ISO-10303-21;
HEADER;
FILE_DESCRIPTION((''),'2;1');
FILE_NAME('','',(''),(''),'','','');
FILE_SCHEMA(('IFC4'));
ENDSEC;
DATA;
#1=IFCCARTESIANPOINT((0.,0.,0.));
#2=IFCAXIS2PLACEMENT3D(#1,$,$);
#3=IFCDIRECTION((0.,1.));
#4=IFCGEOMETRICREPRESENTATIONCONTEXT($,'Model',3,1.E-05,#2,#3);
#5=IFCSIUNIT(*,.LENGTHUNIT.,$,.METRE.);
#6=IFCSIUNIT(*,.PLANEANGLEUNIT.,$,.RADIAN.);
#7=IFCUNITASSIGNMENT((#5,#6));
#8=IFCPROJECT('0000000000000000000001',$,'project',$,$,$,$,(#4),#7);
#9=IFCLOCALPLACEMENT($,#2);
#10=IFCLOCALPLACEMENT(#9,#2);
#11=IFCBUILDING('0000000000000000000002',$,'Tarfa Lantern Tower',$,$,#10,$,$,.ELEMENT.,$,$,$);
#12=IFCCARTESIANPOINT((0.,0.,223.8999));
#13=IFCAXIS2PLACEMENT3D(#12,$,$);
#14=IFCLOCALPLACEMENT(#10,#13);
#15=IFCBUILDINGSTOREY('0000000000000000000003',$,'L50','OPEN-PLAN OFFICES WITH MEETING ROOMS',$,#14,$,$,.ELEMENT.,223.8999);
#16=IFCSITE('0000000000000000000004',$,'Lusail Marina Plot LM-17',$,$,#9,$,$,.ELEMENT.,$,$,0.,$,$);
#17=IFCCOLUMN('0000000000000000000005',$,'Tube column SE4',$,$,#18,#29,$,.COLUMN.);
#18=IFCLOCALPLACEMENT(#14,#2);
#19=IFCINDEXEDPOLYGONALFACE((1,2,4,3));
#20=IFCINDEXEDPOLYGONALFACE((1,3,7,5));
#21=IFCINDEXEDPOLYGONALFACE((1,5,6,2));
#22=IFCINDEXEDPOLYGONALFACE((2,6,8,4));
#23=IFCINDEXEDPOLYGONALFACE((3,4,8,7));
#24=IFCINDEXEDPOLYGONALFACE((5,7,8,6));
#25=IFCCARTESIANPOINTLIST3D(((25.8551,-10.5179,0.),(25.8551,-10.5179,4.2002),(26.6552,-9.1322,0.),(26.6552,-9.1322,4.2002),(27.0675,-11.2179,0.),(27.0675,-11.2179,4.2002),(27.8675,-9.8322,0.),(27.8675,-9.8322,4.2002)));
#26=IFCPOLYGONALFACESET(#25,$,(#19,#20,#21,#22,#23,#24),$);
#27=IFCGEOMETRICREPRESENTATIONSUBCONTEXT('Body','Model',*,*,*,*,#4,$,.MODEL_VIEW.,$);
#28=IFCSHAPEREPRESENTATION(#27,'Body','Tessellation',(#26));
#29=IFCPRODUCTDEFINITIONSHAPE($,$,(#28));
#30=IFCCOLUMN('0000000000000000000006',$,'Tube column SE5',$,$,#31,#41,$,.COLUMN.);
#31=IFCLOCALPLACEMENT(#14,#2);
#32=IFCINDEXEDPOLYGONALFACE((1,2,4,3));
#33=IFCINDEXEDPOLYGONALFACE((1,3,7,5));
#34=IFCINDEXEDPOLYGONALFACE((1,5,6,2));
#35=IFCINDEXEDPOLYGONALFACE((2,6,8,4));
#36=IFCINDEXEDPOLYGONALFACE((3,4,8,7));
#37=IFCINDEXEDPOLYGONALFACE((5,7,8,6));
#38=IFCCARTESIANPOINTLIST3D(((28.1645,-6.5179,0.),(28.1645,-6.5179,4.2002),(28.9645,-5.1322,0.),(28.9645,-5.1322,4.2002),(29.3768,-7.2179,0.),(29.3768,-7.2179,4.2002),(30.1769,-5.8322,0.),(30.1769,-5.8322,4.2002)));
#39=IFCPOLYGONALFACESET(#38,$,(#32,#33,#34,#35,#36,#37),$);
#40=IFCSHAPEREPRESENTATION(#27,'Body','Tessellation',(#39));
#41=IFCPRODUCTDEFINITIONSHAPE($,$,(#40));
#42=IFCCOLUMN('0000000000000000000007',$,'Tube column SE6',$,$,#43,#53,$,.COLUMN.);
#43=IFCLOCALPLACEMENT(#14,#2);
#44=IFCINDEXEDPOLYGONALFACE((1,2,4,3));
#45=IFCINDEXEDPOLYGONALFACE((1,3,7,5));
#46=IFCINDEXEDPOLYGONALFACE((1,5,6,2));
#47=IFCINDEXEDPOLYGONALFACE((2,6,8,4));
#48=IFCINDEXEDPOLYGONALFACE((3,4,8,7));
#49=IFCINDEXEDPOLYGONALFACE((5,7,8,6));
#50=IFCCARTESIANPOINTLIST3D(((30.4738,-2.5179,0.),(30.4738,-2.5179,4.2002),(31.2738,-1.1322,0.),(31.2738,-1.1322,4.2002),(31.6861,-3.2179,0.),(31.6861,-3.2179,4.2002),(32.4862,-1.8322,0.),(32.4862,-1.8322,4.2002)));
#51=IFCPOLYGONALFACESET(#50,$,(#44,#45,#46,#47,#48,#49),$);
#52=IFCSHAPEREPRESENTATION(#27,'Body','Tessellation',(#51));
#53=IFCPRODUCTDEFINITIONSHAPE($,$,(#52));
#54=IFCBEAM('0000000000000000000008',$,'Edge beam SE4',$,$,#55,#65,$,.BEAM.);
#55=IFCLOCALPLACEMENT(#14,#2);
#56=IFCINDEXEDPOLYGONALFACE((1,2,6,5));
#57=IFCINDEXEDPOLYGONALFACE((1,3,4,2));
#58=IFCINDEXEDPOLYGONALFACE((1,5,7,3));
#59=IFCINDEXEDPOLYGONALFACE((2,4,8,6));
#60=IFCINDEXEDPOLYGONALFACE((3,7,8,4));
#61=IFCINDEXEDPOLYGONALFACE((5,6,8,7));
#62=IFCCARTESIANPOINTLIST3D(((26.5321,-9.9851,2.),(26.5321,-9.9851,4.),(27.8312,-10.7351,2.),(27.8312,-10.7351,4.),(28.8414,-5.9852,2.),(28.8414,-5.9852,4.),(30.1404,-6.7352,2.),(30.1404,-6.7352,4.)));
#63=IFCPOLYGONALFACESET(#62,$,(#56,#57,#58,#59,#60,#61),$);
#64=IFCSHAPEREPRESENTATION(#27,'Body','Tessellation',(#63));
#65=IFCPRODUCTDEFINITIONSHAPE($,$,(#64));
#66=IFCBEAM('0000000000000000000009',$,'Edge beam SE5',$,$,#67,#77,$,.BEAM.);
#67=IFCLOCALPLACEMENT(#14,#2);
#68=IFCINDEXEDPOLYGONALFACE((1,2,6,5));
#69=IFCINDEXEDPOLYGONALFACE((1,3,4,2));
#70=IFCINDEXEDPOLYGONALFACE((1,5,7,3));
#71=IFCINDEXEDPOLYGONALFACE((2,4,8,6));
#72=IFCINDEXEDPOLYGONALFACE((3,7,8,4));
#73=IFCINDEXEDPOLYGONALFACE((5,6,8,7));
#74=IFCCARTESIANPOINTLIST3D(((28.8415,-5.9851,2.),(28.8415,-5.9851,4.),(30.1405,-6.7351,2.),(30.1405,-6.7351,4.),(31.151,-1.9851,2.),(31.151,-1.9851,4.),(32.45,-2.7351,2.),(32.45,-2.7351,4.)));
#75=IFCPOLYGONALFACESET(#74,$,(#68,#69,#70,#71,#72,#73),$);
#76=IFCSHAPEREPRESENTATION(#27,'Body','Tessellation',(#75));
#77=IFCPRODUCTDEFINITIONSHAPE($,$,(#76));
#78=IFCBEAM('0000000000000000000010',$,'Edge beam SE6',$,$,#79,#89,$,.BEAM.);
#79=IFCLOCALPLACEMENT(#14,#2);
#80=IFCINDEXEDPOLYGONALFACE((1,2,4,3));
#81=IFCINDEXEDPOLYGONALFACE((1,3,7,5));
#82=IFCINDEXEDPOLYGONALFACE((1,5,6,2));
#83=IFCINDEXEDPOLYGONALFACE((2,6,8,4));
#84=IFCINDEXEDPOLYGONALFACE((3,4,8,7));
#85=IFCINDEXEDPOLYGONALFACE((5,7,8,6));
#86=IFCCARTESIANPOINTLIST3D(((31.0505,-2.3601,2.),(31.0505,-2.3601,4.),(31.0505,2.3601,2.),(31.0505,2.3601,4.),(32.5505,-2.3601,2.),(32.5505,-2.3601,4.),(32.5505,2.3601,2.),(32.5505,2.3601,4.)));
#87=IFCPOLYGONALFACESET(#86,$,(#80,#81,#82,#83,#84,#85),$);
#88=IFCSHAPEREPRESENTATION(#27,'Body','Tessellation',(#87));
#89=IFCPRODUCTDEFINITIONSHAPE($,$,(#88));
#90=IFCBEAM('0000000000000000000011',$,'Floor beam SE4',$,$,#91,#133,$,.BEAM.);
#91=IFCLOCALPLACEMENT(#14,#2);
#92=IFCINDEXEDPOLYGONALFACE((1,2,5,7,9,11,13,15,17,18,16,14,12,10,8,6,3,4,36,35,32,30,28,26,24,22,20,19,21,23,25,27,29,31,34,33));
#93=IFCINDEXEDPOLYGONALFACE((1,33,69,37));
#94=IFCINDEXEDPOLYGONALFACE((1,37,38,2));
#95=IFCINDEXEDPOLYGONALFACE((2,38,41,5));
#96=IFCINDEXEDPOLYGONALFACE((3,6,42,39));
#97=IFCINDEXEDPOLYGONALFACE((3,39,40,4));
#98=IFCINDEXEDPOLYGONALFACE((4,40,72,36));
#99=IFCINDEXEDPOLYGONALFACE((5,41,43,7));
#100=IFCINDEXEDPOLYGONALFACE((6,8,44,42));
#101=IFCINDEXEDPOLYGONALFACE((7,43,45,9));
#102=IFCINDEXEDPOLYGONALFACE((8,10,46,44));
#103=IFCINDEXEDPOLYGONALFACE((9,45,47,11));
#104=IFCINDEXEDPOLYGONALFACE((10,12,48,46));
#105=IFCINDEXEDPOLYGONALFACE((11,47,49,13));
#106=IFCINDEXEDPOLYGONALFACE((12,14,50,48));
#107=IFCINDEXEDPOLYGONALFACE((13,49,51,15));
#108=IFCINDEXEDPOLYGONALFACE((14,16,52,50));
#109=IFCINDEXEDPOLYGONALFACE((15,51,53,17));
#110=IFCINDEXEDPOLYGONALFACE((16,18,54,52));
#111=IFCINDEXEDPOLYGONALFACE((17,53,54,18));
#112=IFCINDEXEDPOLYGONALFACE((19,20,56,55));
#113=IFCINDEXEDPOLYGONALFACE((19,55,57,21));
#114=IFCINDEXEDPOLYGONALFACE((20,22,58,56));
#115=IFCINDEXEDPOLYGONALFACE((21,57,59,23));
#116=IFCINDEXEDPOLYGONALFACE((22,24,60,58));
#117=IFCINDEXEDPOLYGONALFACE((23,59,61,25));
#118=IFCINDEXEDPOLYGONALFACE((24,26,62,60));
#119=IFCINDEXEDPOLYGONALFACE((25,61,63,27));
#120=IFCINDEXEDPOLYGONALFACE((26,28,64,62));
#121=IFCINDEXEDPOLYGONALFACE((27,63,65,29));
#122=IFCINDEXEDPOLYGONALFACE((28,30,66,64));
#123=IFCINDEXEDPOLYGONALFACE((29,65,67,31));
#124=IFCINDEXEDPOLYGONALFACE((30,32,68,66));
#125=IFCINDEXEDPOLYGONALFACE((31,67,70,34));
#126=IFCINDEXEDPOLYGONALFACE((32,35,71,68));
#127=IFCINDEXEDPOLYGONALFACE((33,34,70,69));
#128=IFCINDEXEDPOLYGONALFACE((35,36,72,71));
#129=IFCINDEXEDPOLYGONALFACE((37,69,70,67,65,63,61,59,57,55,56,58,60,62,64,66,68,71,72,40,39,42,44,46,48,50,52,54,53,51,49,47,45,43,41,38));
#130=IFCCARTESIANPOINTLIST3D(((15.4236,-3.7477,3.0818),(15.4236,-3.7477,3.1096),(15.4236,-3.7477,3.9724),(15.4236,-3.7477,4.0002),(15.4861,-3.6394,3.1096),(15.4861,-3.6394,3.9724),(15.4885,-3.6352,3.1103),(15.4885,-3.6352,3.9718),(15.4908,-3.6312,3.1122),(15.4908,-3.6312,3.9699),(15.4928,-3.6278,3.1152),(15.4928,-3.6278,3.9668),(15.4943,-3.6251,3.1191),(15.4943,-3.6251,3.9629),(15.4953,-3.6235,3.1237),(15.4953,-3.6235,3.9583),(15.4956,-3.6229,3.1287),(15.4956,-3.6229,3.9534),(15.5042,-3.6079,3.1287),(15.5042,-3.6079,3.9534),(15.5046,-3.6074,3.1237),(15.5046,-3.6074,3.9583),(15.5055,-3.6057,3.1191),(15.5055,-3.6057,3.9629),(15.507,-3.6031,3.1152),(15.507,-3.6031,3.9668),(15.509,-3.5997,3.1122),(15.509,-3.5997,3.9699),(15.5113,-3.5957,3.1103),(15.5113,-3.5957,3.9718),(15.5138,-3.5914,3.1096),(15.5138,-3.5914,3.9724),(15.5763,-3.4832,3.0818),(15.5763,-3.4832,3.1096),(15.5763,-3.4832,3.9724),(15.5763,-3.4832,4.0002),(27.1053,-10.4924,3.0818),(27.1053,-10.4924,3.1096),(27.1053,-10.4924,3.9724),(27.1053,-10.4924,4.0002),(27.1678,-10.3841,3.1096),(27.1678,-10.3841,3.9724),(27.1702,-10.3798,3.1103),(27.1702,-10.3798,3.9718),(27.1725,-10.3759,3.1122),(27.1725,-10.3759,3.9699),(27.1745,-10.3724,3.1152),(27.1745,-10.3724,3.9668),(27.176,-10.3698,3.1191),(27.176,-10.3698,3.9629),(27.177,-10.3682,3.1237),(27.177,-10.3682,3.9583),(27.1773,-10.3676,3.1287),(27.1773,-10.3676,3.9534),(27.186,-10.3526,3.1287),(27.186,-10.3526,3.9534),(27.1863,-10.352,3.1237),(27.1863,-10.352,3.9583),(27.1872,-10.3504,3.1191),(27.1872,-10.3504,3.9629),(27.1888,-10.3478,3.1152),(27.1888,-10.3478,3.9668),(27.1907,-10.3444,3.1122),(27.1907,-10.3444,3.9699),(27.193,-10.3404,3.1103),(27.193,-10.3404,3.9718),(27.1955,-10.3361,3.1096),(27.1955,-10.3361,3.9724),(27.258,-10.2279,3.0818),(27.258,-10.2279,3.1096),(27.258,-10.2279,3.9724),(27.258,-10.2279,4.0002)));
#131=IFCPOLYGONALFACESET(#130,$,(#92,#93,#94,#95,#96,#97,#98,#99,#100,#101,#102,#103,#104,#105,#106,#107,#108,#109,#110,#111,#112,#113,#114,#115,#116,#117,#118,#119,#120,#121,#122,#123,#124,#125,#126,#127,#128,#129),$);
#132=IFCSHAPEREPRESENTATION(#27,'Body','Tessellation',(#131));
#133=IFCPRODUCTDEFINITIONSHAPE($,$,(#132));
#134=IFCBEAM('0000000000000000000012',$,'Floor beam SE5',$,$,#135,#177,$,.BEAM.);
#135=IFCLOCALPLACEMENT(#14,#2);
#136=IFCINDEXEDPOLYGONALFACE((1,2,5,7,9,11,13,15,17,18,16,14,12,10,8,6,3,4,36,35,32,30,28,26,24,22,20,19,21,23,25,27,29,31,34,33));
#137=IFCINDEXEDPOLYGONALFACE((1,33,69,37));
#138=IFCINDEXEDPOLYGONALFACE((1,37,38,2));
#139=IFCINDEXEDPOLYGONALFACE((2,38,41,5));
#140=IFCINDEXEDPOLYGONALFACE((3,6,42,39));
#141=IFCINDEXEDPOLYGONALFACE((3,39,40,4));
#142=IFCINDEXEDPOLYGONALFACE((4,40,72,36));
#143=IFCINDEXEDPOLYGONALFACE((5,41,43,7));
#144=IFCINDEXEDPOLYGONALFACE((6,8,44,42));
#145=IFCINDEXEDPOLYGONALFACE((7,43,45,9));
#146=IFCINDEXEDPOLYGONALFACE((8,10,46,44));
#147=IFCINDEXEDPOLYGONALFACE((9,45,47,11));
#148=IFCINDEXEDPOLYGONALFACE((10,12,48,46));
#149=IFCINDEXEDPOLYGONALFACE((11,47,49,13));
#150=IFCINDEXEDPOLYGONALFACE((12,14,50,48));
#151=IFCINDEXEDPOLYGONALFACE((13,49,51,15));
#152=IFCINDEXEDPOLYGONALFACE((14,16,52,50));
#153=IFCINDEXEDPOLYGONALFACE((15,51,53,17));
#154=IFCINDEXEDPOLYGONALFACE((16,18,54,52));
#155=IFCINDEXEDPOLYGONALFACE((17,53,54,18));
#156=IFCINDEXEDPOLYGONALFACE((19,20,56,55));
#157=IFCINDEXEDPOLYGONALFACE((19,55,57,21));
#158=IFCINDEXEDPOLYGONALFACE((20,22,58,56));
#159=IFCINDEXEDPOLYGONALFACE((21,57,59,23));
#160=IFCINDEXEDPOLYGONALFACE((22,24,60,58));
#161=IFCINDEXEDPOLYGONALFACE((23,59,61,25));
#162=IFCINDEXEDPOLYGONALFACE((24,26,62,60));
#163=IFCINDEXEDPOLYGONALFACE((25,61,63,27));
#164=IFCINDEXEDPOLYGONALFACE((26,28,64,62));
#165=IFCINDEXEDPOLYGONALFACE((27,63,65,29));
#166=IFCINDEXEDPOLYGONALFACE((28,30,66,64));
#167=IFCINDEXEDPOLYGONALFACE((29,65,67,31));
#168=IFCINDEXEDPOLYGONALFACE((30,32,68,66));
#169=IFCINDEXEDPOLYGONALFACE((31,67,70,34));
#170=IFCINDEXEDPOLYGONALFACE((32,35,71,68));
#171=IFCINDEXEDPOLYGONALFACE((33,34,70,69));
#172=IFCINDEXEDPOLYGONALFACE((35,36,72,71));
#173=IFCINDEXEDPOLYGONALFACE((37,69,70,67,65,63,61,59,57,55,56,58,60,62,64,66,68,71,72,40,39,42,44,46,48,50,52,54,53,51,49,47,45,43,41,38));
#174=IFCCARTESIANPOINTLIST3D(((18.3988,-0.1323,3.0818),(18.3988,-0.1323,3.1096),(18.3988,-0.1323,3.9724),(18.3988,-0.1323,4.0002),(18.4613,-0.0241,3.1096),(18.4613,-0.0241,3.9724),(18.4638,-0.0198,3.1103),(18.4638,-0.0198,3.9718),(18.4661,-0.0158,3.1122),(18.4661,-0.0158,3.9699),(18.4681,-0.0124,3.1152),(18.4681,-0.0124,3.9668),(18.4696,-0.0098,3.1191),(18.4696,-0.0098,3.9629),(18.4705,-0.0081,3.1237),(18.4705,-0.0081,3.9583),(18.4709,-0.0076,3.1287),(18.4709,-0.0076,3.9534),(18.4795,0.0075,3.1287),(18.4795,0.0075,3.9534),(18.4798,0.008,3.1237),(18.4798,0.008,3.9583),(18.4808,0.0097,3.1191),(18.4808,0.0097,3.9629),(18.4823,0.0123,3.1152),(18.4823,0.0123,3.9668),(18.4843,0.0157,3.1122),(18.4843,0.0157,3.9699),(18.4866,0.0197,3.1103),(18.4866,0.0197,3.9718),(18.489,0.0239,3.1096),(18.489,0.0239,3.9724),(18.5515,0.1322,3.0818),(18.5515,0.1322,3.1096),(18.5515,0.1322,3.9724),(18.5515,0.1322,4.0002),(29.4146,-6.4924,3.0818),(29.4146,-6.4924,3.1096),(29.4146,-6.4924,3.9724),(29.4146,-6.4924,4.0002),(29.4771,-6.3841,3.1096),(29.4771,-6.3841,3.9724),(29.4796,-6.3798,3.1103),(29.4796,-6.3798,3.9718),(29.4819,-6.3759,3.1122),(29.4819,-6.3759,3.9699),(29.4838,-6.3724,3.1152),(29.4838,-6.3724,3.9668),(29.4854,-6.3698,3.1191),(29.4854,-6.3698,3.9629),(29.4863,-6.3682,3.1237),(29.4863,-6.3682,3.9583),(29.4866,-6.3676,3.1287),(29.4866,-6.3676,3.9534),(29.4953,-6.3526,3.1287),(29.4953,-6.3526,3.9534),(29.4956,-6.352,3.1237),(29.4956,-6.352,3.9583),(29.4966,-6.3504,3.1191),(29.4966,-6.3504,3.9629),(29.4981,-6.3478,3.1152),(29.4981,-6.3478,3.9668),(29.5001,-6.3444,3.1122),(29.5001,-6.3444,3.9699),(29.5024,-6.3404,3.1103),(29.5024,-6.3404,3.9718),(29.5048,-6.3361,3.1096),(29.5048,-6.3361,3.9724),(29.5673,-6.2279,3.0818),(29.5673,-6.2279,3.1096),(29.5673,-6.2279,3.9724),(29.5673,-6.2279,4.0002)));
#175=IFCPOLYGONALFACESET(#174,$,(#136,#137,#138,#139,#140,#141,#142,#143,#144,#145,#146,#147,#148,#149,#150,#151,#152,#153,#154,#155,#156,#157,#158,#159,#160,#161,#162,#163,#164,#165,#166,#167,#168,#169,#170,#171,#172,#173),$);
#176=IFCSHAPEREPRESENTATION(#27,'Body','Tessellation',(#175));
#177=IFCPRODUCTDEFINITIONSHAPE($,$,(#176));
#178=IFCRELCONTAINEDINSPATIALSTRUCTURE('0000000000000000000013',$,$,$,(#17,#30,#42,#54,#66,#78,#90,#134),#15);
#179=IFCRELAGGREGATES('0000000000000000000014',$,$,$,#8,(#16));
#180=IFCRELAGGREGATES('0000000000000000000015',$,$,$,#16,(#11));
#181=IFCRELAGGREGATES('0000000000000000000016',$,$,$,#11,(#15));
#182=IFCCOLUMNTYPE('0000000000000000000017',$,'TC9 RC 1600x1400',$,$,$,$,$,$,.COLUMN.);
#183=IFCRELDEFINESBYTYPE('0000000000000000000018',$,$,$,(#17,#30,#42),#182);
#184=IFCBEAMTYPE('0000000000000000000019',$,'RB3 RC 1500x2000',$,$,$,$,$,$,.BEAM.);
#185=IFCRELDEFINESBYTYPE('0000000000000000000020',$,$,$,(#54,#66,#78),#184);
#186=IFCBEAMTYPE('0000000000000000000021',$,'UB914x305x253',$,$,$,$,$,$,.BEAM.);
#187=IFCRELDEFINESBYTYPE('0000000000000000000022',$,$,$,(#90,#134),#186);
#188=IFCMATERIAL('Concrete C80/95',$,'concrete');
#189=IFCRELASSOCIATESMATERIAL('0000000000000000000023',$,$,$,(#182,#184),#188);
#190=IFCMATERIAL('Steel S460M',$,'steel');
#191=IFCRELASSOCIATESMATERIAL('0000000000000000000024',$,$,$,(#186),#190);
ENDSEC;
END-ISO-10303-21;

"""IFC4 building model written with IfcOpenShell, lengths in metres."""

from ifc_helpers import new_model, si_unit, direction, frame, origin, origin_2d, place, context, subcontext, project, spatial, rectangle, i_section, extrude, material, material_profile, profile_set, type_object, element, save


model = new_model("IFC4")

# Units and contexts
model_context = context("Model", 3, precision=1e-05, world=origin(), true_north=direction((0.0, 1.0)))
body_context = subcontext(model_context, "Body", "Model", "MODEL_VIEW")
ifc_project = project(units=[si_unit("LENGTHUNIT", "METRE"), si_unit("PLANEANGLEUNIT", "RADIAN")], contexts=[model_context])

# Site, building, storey
site_placement = place(None, origin())
site = spatial("IfcSite", under=ifc_project, at=site_placement, Name="Lusail Marina Plot LM-17", CompositionType="ELEMENT", RefElevation=0.0)
building_placement = place(site_placement, origin())
building = spatial("IfcBuilding", under=site, at=building_placement, Name="Tarfa Lantern Tower", CompositionType="ELEMENT")
storey_placement = place(building_placement, frame((0.0, 0.0, 223.8999)))
storey = spatial("IfcBuildingStorey", under=building, at=storey_placement, Name="L50", Description="OPEN-PLAN OFFICES WITH MEETING ROOMS", CompositionType="ELEMENT", Elevation=223.8999)

# Columns
ifc_material_1 = material(Name="Concrete C80/95", Category="concrete")
ifc_material_profile_1 = material_profile(ifc_material_1, rectangle(XDim=1.6001, YDim=1.3999, at=origin_2d()), Name="RC 1600x1400")
ifc_profile_set_1 = profile_set([ifc_material_profile_1], Name="Concrete C80/95")
column_type = type_object("IfcColumnType", Name="TC9 RC 1600x1400", PredefinedType="COLUMN", material=ifc_profile_set_1)
for number, where, z_axis, x_axis, name in (
    (1, (26.8613, -10.175, 0.0), (0.0, 0.0, 1.0), (0.5, 0.866025, 0.0), "Tube column SE4"),
    (2, (29.1707, -6.175, 0.0), (0.0, 0.0, 1.0), (0.5, 0.866025, 0.0), "Tube column SE5"),
    (3, (31.48, -2.175, 0.0), (0.0, 0.0, 1.0), (0.5, 0.866025, 0.0), "Tube column SE6"),
):
    element("IfcColumn", number, at=place(storey_placement, frame(where, z_axis=z_axis, x_axis=x_axis)), inside=storey, type_object=column_type, Name=name, PredefinedType="COLUMN", context=body_context, shape_type="SweptSolid", body=[
        extrude(rectangle(XDim=1.6001, YDim=1.3999, at=origin_2d()), origin(), (0.0, 0.0, 1.0), 4.2002),
    ])

# Beams
ifc_material_profile_2 = material_profile(ifc_material_1, rectangle(XDim=1.5, YDim=2.0, at=origin_2d()), Name="RC 1500x2000")
ifc_profile_set_2 = profile_set([ifc_material_profile_2], Name="Concrete C80/95")
beam_type_1 = type_object("IfcBeamType", Name="RB3 RC 1500x2000", PredefinedType="BEAM", material=ifc_profile_set_2)
beam_1_placement = place(storey_placement, frame((27.1816, -10.3601, 3.0), z_axis=(0.499988, 0.866032, 0.0), x_axis=(-0.866032, 0.499988, 0.0)))
element("IfcBeam", 4, at=beam_1_placement, inside=storey, type_object=beam_type_1, Name="Edge beam SE4", PredefinedType="BEAM", context=body_context, shape_type="SweptSolid", body=[
    extrude(rectangle(XDim=1.5, YDim=2.0, at=origin_2d()), origin(), (0.0, 0.0, 1.0), 4.6187),
])
beam_2_placement = place(storey_placement, frame((29.491, -6.3601, 3.0), z_axis=(0.500027, 0.86601, 0.0), x_axis=(-0.86601, 0.500027, 0.0)))
element("IfcBeam", 5, at=beam_2_placement, inside=storey, type_object=beam_type_1, Name="Edge beam SE5", PredefinedType="BEAM", context=body_context, shape_type="SweptSolid", body=[
    extrude(rectangle(XDim=1.5, YDim=2.0, at=origin_2d()), origin(), (0.0, 0.0, 1.0), 4.6189),
])
beam_3_placement = place(storey_placement, frame((31.8005, -2.3601, 3.0), z_axis=(0.0, 1.0, 0.0), x_axis=(-1.0, 0.0, 0.0)))
element("IfcBeam", 6, at=beam_3_placement, inside=storey, type_object=beam_type_1, Name="Edge beam SE6", PredefinedType="BEAM", context=body_context, shape_type="SweptSolid", body=[
    extrude(rectangle(XDim=1.5, YDim=2.0, at=origin_2d()), origin(), (0.0, 0.0, 1.0), 4.7202),
])
ifc_material_2 = material(Name="Steel S460M", Category="steel")
ifc_material_profile_3 = material_profile(ifc_material_2, i_section(OverallWidth=0.3054, OverallDepth=0.9185, WebThickness=0.0173, FlangeThickness=0.0278, FilletRadius=0.019, at=origin_2d()), Name="UB914x305x253")
ifc_profile_set_3 = profile_set([ifc_material_profile_3], Name="Steel S460M")
beam_type_2 = type_object("IfcBeamType", Name="UB914x305x253", PredefinedType="BEAM", material=ifc_profile_set_3)
beam_4_placement = place(storey_placement, frame((27.1816, -10.3601, 3.541), z_axis=(-0.866018, 0.500013, 0.0), x_axis=(-0.500013, -0.866018, 0.0)))
element("IfcBeam", 7, at=beam_4_placement, inside=storey, type_object=beam_type_2, Name="Floor beam SE4", PredefinedType="BEAM", context=body_context, shape_type="SweptSolid", body=[
    extrude(i_section(OverallWidth=0.3054, OverallDepth=0.9185, WebThickness=0.0173, FlangeThickness=0.0278, FilletRadius=0.019, at=origin_2d()), origin(), (0.0, 0.0, 1.0), 13.489),
])
beam_5_placement = place(storey_placement, frame((29.491, -6.3601, 3.541), z_axis=(-0.866022, 0.500005, 0.0), x_axis=(-0.500005, -0.866022, 0.0)))
element("IfcBeam", 8, at=beam_5_placement, inside=storey, type_object=beam_type_2, Name="Floor beam SE5", PredefinedType="BEAM", context=body_context, shape_type="SweptSolid", body=[
    extrude(i_section(OverallWidth=0.3054, OverallDepth=0.9185, WebThickness=0.0173, FlangeThickness=0.0278, FilletRadius=0.019, at=origin_2d()), origin(), (0.0, 0.0, 1.0), 12.72),
])

save(model, "model.ifc")
